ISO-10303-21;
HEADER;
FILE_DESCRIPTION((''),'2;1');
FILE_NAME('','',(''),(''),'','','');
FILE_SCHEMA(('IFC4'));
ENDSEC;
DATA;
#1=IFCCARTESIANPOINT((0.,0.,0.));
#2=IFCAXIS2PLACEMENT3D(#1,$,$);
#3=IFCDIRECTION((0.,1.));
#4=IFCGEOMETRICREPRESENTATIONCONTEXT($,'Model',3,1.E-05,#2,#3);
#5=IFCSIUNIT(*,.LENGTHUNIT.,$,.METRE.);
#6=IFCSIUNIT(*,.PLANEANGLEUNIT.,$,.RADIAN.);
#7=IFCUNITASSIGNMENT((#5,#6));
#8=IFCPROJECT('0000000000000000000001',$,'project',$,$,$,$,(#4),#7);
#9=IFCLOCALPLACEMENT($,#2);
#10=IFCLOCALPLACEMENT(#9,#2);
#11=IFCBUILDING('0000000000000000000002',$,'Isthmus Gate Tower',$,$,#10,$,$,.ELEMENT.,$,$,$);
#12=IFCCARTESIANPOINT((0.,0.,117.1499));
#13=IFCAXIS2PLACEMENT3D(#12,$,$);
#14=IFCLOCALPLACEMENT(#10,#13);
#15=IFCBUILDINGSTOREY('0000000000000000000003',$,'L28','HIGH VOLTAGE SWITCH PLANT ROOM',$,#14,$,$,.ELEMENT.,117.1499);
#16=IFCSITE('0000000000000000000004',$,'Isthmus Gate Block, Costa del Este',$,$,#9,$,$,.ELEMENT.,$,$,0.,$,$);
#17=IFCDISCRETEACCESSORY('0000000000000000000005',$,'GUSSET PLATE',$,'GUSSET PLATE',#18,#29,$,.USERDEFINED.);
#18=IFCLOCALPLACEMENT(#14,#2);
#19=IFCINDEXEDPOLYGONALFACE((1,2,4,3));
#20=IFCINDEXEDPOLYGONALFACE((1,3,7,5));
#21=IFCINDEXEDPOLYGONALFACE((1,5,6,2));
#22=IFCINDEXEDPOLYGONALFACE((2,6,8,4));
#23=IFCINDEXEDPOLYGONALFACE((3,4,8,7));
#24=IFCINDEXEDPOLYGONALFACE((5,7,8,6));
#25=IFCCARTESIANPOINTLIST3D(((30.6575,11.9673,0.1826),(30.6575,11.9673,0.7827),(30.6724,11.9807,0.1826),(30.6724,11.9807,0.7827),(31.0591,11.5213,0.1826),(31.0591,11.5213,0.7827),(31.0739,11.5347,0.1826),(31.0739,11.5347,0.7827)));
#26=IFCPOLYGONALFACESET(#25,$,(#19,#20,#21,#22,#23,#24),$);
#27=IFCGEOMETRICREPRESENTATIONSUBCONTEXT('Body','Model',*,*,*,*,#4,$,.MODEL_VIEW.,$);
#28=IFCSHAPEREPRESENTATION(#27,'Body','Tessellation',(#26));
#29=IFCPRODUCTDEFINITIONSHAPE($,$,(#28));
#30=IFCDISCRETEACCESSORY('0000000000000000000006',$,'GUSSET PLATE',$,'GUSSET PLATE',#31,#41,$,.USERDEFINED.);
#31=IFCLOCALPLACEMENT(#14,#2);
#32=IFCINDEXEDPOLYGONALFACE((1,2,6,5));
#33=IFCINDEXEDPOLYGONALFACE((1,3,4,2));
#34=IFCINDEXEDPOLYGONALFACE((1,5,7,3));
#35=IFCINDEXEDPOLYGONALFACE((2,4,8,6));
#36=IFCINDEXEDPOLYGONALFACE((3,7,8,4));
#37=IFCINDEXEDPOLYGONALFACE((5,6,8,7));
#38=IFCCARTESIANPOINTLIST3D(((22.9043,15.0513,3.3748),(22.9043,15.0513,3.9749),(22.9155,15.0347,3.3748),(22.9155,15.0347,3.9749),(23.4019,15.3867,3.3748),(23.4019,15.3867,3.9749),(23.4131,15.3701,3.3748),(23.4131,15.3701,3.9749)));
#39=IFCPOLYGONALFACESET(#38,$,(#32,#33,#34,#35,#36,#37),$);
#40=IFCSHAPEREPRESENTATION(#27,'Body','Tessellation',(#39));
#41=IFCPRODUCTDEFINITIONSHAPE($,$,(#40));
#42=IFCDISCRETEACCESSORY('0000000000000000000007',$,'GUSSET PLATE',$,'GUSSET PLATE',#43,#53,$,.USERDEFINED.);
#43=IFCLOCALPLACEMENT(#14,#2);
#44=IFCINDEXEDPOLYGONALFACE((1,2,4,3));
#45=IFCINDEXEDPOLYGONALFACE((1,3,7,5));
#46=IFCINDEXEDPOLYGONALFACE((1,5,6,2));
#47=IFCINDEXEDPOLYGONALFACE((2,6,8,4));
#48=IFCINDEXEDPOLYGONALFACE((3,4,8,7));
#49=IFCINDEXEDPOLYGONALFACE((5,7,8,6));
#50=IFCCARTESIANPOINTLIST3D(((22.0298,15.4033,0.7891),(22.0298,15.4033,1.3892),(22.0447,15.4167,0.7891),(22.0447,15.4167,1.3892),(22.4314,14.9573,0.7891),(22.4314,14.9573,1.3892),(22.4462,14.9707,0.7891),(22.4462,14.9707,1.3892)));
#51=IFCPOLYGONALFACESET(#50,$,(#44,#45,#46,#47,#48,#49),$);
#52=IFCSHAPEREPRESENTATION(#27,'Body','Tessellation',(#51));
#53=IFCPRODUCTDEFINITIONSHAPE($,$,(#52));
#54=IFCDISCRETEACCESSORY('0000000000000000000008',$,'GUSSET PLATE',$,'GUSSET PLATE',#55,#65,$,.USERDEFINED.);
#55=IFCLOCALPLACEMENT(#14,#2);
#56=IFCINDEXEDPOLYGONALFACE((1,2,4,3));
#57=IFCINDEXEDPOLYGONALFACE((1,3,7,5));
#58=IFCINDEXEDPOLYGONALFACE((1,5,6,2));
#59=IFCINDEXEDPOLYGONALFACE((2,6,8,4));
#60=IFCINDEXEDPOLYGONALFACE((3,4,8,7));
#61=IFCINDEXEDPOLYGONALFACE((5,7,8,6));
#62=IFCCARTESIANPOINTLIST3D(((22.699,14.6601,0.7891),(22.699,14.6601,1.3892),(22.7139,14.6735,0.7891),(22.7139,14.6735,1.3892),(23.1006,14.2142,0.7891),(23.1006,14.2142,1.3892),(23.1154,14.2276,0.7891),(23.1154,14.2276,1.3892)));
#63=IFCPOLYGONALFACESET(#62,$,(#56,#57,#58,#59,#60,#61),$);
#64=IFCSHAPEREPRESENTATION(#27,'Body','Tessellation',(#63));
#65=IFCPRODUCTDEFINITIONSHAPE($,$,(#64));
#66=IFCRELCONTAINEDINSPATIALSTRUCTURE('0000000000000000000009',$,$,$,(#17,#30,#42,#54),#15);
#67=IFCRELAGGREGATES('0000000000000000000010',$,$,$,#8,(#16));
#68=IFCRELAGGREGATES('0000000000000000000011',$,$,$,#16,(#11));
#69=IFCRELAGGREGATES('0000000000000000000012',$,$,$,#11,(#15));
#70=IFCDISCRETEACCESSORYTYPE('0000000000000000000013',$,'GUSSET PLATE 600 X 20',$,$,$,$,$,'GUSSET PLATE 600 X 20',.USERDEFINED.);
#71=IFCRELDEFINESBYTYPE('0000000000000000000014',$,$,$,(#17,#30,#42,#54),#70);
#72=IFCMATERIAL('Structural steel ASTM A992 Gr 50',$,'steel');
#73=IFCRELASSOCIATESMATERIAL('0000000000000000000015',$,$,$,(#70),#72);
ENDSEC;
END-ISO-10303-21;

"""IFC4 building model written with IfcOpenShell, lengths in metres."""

from ifc_helpers import new_model, si_unit, direction, frame, origin, origin_2d, place, context, subcontext, project, spatial, rectangle, extrude, material, type_object, element, save


model = new_model("IFC4")

# Units and contexts
model_context = context("Model", 3, precision=1e-05, world=origin(), true_north=direction((0.0, 1.0)))
body_context = subcontext(model_context, "Body", "Model", "MODEL_VIEW")
ifc_project = project(units=[si_unit("LENGTHUNIT", "METRE"), si_unit("PLANEANGLEUNIT", "RADIAN")], contexts=[model_context])

# Site, building, storey
site_placement = place(None, origin())
site = spatial("IfcSite", under=ifc_project, at=site_placement, Name="Isthmus Gate Block, Costa del Este", CompositionType="ELEMENT", RefElevation=0.0)
building_placement = place(site_placement, origin())
building = spatial("IfcBuilding", under=site, at=building_placement, Name="Isthmus Gate Tower", CompositionType="ELEMENT")
storey_placement = place(building_placement, frame((0.0, 0.0, 117.1499)))
storey = spatial("IfcBuildingStorey", under=building, at=storey_placement, Name="L28", Description="HIGH VOLTAGE SWITCH PLANT ROOM", CompositionType="ELEMENT", Elevation=117.1499)

# Discrete accessories
ifc_material_1 = material(Name="Structural steel ASTM A992 Gr 50", Category="steel")
discrete_accessory_type_1 = type_object("IfcDiscreteAccessoryType", Name="GUSSET PLATE 600 X 20", ElementType="GUSSET PLATE 600 X 20", PredefinedType="USERDEFINED", material=ifc_material_1)
for number, where, z_axis, x_axis, name in (
    (1, (30.8657, 11.751, 0.1826), (0.0, 0.0, 1.0), (0.669131, -0.743145, 0.0), "GUSSET PLATE"),
    (2, (23.1587, 15.2107, 3.3748), (0.0, 0.0, 1.0), (-0.829275, -0.558841, 0.0), "GUSSET PLATE"),
    (3, (22.238, 15.187, 0.7891), (0.0, 0.0, 1.0), (-0.669131, 0.743145, 0.0), "GUSSET PLATE"),
    (4, (22.9072, 14.4438, 0.7891), (0.0, 0.0, 1.0), (0.669131, -0.743145, 0.0), "GUSSET PLATE"),
):
    element("IfcDiscreteAccessory", number, at=place(storey_placement, frame(where, z_axis=z_axis, x_axis=x_axis)), inside=storey, type_object=discrete_accessory_type_1, Name=name, ObjectType="GUSSET PLATE", PredefinedType="USERDEFINED", context=body_context, shape_type="SweptSolid", body=[
        extrude(rectangle(XDim=0.6001, YDim=0.02, at=origin_2d()), origin(), (0.0, 0.0, 1.0), 0.6001),
    ])

save(model, "model.ifc")
